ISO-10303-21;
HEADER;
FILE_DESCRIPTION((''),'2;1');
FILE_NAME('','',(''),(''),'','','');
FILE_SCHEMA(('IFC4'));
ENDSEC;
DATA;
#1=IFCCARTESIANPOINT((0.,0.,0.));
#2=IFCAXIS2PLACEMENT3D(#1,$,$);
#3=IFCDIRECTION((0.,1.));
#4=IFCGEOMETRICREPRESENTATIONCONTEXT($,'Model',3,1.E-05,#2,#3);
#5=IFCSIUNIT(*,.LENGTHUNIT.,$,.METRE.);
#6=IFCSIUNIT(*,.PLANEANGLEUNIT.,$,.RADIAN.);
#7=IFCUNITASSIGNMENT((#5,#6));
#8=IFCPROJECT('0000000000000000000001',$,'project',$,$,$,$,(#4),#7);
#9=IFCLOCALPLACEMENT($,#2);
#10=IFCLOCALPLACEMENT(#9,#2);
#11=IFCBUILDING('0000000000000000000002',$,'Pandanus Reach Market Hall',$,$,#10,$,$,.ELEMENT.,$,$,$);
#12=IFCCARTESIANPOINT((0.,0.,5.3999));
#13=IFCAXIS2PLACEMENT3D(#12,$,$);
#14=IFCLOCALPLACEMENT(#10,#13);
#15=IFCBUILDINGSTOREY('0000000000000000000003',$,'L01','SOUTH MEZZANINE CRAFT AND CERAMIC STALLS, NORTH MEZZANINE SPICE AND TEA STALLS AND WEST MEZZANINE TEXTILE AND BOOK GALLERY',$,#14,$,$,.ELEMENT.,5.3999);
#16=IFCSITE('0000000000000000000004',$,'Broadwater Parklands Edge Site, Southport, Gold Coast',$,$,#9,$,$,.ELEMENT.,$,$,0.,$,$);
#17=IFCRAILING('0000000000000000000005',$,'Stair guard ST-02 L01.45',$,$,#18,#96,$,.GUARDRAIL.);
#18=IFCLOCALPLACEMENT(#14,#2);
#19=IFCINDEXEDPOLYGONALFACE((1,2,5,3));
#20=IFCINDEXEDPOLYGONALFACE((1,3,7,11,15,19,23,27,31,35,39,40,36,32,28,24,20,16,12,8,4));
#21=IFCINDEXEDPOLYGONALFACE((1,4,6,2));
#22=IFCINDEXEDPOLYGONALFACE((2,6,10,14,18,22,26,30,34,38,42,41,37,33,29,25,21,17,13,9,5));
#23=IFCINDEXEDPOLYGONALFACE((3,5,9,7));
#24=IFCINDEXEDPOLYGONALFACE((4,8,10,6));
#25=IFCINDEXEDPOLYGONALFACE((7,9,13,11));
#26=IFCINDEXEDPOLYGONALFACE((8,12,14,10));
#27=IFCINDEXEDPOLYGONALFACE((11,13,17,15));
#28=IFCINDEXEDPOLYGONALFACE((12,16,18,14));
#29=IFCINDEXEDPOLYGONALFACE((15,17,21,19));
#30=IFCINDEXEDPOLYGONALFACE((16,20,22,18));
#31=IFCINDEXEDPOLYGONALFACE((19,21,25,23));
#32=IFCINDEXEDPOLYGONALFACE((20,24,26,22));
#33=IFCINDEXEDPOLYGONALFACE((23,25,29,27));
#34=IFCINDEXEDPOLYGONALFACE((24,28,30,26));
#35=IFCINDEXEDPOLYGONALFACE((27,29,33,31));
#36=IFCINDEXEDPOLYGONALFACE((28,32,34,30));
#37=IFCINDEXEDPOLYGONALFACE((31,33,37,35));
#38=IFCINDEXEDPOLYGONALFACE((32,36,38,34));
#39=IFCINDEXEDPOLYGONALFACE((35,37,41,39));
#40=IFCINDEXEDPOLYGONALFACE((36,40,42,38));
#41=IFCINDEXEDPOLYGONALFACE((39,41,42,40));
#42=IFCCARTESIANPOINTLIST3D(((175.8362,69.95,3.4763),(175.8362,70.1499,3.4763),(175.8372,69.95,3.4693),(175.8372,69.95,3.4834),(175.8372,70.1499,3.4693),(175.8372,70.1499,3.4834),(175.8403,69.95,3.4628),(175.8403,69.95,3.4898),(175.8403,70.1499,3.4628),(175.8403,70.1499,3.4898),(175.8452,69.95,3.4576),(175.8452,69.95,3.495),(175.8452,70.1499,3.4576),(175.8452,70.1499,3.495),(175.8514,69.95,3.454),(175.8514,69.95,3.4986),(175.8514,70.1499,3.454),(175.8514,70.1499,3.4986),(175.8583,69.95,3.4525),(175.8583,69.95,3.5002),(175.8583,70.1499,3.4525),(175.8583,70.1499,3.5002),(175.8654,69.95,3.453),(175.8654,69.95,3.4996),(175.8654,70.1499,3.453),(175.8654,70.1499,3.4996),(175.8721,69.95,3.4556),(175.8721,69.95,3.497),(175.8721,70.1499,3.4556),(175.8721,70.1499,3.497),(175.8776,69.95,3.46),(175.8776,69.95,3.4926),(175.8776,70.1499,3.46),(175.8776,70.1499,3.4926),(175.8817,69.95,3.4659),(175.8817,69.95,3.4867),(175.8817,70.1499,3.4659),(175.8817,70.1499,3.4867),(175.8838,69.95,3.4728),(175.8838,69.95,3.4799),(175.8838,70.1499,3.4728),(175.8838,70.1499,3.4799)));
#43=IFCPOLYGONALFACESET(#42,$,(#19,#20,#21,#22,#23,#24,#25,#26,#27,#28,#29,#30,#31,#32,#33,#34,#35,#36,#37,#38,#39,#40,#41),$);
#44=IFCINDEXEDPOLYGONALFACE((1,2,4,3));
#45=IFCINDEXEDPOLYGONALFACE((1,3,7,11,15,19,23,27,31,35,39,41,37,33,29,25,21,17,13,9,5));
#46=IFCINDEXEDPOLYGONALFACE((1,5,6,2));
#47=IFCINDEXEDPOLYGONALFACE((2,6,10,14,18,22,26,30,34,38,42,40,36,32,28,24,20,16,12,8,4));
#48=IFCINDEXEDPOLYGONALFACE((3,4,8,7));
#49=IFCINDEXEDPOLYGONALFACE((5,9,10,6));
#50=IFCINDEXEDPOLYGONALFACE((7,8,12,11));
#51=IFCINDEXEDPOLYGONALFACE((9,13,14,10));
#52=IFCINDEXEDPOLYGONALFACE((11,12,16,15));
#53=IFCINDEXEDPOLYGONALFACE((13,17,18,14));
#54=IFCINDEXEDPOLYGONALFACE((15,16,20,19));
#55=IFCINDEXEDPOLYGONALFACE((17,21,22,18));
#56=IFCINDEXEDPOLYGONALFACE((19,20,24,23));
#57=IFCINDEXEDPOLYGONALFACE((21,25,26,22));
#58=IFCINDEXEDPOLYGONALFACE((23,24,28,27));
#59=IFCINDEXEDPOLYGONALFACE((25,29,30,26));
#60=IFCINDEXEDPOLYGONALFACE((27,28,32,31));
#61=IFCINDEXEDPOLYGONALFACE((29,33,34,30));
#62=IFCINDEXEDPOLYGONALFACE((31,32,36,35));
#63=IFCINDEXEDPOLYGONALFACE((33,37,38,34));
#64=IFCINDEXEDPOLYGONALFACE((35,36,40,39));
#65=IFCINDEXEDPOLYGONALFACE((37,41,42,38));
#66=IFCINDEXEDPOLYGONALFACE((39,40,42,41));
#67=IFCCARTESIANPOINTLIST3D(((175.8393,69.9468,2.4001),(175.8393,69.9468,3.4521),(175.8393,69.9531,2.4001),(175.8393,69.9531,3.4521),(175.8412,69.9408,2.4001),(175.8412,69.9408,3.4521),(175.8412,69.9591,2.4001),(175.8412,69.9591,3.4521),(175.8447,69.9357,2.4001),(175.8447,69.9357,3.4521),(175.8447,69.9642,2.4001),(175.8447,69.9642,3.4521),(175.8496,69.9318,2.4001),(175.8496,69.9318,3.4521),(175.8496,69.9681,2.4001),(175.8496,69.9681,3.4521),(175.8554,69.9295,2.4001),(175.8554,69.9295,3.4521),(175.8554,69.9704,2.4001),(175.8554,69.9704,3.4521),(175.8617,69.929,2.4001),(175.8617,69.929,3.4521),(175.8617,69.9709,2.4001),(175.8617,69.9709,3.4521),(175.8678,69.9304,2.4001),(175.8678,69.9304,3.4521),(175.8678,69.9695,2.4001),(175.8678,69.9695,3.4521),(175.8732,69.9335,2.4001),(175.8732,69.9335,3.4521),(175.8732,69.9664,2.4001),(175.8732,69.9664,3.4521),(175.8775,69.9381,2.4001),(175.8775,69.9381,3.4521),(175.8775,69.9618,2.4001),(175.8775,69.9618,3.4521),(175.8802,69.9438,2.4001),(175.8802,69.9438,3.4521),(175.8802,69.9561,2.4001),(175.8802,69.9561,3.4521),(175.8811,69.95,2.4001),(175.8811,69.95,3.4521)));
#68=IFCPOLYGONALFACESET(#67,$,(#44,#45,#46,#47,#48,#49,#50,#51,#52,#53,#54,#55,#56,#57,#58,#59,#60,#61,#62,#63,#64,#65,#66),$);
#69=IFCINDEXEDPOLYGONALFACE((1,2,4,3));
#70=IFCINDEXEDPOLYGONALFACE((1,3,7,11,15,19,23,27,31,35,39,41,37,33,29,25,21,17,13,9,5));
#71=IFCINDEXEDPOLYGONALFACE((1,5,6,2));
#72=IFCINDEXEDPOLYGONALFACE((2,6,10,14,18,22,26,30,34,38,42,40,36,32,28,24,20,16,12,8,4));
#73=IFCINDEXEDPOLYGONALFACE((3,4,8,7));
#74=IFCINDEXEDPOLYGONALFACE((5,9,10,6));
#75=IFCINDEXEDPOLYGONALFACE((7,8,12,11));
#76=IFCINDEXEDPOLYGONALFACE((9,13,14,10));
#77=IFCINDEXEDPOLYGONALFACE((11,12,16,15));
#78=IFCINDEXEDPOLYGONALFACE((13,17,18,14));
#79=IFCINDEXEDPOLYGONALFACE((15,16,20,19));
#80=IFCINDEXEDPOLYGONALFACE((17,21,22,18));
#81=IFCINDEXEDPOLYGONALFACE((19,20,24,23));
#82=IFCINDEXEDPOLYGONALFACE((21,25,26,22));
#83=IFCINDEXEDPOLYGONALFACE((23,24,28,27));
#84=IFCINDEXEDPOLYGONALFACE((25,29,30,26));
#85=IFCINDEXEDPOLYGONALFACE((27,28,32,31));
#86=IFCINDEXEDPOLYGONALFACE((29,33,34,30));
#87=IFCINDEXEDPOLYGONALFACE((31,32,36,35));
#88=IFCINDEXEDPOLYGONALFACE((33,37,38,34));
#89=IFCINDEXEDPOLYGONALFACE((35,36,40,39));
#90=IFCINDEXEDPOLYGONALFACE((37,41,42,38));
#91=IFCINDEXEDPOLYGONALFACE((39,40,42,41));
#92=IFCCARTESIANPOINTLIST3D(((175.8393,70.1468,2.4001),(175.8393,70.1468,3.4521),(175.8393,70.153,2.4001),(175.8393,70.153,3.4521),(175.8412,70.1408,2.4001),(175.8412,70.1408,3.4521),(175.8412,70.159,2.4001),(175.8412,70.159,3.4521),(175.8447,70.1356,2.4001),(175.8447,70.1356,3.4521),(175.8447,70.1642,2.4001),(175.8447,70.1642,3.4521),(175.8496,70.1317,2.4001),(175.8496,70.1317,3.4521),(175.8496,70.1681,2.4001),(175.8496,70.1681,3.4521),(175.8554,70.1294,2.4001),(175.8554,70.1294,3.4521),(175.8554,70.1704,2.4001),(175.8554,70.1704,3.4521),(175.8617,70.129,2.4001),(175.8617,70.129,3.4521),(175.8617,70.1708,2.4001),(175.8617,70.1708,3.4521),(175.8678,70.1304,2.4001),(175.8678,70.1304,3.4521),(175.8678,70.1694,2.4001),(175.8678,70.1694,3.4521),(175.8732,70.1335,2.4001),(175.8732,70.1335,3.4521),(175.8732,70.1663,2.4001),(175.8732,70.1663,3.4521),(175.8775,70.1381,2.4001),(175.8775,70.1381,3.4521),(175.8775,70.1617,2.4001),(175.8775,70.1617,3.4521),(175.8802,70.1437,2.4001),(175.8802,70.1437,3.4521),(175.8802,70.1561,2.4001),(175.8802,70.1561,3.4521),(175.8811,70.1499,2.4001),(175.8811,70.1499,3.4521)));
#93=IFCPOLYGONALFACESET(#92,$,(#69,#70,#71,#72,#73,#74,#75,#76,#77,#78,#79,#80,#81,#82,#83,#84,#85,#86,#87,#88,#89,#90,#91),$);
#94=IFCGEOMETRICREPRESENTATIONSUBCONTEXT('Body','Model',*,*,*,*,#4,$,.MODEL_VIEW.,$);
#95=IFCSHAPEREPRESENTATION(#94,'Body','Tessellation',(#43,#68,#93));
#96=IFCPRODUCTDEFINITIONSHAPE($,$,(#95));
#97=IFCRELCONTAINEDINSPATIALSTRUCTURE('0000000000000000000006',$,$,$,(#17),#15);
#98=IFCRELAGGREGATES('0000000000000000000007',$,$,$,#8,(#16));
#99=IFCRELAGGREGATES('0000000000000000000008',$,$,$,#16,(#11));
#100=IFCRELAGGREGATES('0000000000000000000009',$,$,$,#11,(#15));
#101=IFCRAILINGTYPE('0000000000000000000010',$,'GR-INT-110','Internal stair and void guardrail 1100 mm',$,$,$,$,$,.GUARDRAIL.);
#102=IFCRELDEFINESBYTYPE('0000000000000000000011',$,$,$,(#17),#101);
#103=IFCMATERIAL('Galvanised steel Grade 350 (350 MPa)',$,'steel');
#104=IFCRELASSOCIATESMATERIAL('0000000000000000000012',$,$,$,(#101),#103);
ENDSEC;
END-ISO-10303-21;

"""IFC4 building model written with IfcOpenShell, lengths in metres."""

from ifc_helpers import new_model, si_unit, direction, frame, origin, origin_2d, place, context, subcontext, project, spatial, circle, extrude, material, type_object, element, save


model = new_model("IFC4")

# Units and contexts
model_context = context("Model", 3, precision=1e-05, world=origin(), true_north=direction((0.0, 1.0)))
body_context = subcontext(model_context, "Body", "Model", "MODEL_VIEW")
ifc_project = project(units=[si_unit("LENGTHUNIT", "METRE"), si_unit("PLANEANGLEUNIT", "RADIAN")], contexts=[model_context])

# Site, building, storey
site_placement = place(None, origin())
site = spatial("IfcSite", under=ifc_project, at=site_placement, Name="Broadwater Parklands Edge Site, Southport, Gold Coast", CompositionType="ELEMENT", RefElevation=0.0)
building_placement = place(site_placement, origin())
building = spatial("IfcBuilding", under=site, at=building_placement, Name="Pandanus Reach Market Hall", CompositionType="ELEMENT")
storey_placement = place(building_placement, frame((0.0, 0.0, 5.3999)))
storey = spatial("IfcBuildingStorey", under=building, at=storey_placement, Name="L01", Description="SOUTH MEZZANINE CRAFT AND CERAMIC STALLS, NORTH MEZZANINE SPICE AND TEA STALLS AND WEST MEZZANINE TEXTILE AND BOOK GALLERY", CompositionType="ELEMENT", Elevation=5.3999)

# Railing
ifc_material_1 = material(Name="Galvanised steel Grade 350 (350 MPa)", Category="steel")
railing_type_1 = type_object("IfcRailingType", Name="GR-INT-110", Description="Internal stair and void guardrail 1100 mm", PredefinedType="GUARDRAIL", material=ifc_material_1)
railing_1_placement = place(storey_placement, frame((175.8601, 69.95, 2.4001)))
element("IfcRailing", 1, at=railing_1_placement, inside=storey, type_object=railing_type_1, Name="Stair guard ST-02 L01.45", PredefinedType="GUARDRAIL", context=body_context, shape_type="SweptSolid", body=[
    extrude(circle(Radius=0.0239, at=origin_2d()), frame((0.0, 0.0, 1.0762), z_axis=(0.0, 1.0, 0.0), x_axis=(-1.0, 0.0, 0.0)), (0.0, 0.0, 1.0), 0.2),
    extrude(circle(Radius=0.021, at=origin_2d()), origin(), (0.0, 0.0, 1.0), 1.052),
    extrude(circle(Radius=0.021, at=origin_2d()), frame((0.0, 0.2, 0.0)), (0.0, 0.0, 1.0), 1.052),
])

save(model, "model.ifc")
